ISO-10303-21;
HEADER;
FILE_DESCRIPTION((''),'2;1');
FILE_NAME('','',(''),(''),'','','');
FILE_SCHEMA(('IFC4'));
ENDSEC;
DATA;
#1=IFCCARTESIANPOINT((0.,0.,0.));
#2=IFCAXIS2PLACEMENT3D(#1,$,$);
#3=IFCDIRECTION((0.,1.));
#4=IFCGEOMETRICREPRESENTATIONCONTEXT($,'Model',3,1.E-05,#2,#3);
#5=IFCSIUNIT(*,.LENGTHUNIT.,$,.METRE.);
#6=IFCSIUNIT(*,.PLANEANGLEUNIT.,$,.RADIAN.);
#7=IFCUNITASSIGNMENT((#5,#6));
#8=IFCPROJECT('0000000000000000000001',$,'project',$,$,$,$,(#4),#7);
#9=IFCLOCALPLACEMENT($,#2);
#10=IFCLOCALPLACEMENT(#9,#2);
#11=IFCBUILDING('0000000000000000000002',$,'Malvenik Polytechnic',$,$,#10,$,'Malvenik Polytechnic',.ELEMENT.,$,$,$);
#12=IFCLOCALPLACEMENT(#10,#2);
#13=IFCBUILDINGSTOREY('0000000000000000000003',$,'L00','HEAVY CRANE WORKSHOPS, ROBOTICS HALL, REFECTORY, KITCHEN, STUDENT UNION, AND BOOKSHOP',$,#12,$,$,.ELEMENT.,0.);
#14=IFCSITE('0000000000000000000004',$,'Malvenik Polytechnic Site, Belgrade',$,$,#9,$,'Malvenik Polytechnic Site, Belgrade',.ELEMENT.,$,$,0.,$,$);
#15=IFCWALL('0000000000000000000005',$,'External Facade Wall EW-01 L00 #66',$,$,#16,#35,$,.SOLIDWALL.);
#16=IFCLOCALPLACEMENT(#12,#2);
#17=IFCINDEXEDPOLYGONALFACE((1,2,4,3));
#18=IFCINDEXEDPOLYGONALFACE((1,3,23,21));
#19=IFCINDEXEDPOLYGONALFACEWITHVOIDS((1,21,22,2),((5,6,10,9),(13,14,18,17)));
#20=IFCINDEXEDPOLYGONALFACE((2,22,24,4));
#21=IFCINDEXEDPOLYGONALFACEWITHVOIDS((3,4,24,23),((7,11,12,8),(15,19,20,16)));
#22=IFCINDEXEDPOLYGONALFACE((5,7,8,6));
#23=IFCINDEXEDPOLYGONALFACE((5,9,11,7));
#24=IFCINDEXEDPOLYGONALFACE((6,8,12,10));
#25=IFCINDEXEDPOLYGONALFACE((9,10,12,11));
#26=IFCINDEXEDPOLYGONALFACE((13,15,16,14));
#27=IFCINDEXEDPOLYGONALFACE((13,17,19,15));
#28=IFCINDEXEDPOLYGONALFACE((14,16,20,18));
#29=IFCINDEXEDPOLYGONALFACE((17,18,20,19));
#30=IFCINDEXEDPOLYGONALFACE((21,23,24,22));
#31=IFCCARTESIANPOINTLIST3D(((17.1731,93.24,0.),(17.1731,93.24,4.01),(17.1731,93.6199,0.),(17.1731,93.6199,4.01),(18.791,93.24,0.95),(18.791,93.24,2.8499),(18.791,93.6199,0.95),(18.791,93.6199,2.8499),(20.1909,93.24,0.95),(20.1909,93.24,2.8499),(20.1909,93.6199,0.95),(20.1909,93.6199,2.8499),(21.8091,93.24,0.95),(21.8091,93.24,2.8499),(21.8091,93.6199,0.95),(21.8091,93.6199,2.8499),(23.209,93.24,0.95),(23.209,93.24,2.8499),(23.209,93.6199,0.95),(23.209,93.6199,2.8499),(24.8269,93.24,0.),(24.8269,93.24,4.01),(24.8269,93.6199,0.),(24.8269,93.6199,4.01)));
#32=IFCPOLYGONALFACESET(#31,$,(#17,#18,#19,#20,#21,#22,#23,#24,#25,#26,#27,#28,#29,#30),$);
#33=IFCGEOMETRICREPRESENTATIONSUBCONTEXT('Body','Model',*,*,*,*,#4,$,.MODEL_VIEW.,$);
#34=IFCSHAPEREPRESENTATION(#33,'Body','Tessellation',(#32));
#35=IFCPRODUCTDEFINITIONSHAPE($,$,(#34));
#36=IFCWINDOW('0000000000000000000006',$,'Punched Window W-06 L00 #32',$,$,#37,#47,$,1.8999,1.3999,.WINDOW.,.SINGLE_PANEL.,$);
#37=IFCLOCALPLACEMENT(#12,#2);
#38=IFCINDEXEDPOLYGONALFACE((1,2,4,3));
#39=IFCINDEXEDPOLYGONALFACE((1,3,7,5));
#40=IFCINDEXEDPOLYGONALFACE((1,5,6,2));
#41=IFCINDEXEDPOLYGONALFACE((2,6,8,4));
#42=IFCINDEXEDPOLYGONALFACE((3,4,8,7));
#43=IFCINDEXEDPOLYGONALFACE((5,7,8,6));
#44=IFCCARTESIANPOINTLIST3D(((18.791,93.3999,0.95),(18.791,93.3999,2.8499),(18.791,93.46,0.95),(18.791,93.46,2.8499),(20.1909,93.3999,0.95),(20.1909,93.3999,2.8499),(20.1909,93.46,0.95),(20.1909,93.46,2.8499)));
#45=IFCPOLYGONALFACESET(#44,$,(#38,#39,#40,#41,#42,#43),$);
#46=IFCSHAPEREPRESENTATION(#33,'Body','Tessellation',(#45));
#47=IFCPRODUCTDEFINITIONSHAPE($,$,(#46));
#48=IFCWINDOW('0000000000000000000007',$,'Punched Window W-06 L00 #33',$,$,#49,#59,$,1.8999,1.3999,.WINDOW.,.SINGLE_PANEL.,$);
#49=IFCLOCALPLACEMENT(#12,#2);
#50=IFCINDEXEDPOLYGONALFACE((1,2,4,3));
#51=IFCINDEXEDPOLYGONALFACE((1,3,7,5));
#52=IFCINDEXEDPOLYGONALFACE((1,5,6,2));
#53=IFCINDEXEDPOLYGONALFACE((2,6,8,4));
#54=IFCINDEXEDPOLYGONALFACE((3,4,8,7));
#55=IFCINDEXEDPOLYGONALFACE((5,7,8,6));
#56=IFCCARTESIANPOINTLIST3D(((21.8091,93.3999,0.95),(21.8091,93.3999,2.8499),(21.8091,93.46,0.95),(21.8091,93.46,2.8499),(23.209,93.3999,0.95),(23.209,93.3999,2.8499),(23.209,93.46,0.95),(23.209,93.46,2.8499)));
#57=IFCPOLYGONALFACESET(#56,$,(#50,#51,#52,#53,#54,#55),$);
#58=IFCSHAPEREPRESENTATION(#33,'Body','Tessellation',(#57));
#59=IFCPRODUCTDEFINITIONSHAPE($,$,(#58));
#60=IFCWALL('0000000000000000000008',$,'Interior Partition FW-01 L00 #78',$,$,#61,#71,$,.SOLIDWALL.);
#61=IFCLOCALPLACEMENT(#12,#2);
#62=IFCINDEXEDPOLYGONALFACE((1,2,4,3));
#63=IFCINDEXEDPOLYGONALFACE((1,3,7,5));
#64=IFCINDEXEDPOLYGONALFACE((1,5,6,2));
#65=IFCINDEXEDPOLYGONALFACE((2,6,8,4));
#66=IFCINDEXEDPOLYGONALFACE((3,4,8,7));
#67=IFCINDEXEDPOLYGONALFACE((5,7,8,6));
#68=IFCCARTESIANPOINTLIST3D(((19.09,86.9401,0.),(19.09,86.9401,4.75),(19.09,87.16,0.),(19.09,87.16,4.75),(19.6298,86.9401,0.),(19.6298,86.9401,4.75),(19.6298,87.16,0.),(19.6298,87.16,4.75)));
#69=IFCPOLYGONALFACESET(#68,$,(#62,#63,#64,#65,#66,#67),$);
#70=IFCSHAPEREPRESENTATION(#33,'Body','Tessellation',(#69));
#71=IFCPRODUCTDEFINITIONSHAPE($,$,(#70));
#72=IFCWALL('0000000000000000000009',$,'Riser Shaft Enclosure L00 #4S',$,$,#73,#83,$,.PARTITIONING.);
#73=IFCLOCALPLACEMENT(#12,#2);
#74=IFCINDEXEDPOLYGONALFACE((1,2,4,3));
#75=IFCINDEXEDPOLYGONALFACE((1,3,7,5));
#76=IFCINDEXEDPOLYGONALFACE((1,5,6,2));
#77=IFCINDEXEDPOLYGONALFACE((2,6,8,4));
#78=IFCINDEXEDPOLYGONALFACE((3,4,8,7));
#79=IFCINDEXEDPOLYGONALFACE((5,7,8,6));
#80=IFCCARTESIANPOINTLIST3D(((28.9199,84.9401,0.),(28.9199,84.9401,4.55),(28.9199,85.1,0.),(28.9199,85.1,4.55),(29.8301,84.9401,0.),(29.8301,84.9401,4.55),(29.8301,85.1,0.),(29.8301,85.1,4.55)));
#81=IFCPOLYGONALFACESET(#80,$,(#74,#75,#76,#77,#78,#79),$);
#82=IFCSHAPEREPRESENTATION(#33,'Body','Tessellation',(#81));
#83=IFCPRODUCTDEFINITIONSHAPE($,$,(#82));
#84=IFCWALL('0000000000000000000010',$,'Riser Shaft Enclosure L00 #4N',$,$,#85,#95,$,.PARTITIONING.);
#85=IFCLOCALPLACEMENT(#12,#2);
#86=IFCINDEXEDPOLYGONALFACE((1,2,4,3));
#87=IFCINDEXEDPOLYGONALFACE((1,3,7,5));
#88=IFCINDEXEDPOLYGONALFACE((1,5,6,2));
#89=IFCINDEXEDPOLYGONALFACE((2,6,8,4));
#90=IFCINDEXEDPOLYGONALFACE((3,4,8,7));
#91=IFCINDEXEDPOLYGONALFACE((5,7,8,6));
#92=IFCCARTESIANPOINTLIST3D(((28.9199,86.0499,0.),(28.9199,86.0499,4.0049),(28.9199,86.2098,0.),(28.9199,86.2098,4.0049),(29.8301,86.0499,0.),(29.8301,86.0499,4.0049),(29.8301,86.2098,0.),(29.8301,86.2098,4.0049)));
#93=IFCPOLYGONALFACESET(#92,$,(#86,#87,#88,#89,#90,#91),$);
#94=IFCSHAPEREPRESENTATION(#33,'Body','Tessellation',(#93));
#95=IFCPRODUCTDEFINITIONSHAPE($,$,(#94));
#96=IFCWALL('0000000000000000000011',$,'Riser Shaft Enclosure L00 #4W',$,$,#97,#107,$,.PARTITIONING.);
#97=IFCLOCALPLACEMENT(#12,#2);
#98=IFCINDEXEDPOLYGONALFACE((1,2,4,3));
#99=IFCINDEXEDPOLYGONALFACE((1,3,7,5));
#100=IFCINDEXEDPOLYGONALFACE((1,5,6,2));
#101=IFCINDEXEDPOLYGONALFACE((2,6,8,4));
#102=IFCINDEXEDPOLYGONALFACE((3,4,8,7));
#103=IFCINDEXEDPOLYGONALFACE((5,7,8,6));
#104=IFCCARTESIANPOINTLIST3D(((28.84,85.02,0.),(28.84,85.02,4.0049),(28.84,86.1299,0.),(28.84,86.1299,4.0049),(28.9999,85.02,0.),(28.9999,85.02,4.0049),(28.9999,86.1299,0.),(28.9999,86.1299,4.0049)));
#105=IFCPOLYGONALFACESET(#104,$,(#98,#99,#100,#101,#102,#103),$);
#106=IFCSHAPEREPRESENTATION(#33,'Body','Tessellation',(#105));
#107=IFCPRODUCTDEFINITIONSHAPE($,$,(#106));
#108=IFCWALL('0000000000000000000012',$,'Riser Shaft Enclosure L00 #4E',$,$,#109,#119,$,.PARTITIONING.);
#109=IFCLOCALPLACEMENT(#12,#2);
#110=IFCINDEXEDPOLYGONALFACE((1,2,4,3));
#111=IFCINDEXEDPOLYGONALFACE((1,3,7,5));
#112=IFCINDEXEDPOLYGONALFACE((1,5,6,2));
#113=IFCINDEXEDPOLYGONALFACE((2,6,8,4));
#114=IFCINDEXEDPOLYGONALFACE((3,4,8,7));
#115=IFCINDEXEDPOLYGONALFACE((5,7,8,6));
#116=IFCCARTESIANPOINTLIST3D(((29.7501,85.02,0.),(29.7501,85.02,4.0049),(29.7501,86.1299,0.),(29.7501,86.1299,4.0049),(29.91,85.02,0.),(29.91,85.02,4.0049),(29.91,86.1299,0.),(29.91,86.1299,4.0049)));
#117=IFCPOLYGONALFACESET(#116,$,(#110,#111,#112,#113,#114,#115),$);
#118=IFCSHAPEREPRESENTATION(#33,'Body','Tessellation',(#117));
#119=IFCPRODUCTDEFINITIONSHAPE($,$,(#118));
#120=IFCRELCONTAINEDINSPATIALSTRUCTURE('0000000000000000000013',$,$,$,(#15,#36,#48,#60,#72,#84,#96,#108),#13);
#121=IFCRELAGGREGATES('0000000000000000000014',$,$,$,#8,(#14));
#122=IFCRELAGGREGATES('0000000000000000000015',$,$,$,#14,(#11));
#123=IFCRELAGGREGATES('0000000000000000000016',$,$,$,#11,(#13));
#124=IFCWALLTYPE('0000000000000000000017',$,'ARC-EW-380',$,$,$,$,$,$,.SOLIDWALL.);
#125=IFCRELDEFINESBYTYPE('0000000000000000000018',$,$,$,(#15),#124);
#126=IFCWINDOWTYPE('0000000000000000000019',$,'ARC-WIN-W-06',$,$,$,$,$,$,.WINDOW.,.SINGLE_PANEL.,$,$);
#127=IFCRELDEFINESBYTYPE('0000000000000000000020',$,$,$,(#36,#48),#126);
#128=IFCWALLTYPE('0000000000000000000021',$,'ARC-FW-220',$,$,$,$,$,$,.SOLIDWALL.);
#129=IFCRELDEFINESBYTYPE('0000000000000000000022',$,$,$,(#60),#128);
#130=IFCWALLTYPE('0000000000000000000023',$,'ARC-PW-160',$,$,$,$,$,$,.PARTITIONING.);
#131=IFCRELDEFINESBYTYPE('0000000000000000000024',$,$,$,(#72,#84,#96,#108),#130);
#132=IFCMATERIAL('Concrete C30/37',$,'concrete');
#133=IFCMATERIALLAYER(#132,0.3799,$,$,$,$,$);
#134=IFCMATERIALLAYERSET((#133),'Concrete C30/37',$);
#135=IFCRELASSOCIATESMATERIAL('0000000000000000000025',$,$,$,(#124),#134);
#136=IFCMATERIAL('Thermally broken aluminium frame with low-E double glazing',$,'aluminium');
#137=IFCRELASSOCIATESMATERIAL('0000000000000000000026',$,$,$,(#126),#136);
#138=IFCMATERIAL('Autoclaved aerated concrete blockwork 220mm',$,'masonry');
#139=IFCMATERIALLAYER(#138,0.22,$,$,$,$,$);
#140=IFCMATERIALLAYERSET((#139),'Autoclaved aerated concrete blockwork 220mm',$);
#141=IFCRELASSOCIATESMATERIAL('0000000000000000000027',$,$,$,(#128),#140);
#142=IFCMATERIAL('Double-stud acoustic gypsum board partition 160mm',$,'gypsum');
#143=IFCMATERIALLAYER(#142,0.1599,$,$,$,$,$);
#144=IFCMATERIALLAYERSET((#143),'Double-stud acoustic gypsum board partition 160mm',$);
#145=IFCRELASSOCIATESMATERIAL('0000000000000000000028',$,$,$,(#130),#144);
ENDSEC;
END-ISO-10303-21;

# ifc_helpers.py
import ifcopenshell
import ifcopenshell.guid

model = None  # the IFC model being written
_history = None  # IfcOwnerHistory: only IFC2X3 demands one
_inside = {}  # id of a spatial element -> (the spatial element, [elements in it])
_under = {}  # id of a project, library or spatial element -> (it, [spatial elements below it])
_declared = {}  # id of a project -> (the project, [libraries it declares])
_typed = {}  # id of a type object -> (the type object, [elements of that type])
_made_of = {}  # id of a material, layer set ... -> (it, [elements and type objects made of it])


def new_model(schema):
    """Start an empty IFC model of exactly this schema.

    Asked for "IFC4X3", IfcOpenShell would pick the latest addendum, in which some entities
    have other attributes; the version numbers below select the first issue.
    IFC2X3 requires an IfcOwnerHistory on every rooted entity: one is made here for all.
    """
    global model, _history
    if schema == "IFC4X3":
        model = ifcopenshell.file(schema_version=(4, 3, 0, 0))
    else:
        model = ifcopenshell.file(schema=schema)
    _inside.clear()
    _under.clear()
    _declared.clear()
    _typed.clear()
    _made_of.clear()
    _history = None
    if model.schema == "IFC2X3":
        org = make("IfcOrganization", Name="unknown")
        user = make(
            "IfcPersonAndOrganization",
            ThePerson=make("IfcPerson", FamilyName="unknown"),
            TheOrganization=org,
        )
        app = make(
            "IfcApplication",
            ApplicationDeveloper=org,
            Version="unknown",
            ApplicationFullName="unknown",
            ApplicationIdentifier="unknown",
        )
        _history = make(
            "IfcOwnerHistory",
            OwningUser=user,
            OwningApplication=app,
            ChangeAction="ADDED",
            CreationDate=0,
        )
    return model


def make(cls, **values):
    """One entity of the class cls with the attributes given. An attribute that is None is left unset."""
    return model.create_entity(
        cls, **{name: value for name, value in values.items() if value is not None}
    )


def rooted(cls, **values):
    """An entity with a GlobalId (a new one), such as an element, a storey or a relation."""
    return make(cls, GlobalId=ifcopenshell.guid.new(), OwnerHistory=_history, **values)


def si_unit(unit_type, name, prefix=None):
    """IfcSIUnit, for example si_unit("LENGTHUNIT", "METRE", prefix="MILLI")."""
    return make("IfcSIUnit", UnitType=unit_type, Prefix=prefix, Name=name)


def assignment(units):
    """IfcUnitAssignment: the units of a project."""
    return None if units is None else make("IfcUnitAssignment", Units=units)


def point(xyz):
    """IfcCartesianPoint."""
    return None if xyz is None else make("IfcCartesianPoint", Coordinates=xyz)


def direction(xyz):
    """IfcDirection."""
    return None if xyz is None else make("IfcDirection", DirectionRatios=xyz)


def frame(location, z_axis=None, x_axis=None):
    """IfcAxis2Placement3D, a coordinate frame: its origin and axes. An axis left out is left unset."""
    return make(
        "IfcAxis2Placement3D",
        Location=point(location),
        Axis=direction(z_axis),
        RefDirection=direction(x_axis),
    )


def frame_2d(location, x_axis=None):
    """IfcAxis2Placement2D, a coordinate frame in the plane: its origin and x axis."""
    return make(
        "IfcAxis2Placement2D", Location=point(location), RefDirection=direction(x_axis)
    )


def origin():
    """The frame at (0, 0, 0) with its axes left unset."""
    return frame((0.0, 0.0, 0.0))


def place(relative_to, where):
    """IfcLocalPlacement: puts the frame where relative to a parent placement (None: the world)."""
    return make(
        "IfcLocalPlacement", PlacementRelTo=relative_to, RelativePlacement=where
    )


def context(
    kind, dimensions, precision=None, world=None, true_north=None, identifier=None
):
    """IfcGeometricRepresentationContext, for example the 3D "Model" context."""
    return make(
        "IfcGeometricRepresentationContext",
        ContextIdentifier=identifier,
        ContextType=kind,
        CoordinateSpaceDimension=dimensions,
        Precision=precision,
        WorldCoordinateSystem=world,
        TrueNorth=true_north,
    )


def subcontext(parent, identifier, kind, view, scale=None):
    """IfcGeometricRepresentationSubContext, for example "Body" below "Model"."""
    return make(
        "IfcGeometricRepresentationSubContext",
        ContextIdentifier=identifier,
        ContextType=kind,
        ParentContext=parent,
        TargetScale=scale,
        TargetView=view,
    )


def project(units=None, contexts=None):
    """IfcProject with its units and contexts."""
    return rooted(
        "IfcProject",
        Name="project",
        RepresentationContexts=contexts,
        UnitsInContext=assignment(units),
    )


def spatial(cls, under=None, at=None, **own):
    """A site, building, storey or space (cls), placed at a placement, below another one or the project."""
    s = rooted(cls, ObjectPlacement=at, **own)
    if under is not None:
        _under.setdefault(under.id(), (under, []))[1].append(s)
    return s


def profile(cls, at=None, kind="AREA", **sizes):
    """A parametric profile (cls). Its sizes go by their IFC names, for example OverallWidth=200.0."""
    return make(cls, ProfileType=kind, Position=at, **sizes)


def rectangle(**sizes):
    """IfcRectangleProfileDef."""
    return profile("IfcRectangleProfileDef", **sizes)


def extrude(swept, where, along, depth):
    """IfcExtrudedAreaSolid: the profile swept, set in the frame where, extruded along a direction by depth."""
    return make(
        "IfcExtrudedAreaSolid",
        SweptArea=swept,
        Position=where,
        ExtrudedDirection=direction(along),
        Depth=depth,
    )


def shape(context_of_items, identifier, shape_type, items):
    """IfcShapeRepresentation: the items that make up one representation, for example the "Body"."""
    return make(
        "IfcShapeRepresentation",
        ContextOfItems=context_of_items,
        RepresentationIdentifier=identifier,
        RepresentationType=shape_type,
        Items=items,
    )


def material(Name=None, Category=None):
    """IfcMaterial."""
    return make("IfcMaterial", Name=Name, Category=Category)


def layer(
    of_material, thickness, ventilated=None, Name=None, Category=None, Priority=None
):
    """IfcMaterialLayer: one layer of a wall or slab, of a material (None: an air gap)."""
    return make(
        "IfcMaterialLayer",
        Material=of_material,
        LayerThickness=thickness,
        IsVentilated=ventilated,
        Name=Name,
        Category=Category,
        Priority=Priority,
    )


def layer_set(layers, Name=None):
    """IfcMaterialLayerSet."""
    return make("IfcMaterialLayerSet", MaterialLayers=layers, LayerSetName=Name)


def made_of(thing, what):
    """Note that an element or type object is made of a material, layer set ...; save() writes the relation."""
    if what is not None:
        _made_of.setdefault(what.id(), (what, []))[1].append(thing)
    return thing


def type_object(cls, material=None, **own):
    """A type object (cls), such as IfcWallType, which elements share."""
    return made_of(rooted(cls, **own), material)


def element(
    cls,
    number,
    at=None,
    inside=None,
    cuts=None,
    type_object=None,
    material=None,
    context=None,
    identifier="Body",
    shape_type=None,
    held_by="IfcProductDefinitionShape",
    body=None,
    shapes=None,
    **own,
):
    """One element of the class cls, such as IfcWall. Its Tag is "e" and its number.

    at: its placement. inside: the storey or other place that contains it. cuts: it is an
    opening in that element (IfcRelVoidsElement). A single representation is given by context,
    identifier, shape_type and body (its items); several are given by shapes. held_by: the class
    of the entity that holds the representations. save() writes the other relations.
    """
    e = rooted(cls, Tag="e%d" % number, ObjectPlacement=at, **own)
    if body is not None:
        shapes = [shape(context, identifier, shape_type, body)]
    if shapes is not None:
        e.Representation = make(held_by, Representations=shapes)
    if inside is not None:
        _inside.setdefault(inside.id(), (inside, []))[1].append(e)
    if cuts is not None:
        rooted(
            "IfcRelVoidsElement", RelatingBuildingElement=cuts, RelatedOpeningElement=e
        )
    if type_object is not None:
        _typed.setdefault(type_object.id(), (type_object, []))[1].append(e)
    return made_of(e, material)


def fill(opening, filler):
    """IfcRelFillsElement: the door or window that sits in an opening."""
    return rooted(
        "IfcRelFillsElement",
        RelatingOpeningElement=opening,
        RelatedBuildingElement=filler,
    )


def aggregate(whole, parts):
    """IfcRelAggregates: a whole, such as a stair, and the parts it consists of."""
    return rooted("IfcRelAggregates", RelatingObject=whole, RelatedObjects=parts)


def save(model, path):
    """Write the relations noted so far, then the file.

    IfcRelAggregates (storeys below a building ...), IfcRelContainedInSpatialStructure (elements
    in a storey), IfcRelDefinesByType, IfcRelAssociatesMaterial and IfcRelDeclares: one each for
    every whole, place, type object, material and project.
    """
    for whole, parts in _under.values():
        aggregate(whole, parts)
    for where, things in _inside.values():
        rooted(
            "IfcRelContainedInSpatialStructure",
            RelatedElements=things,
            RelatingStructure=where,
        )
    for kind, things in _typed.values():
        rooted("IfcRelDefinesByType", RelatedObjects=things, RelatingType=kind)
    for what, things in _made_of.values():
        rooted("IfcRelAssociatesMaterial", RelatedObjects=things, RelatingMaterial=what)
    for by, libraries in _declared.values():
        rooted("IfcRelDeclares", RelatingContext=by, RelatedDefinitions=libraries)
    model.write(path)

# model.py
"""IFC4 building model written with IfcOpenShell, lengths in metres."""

from ifc_helpers import new_model, si_unit, direction, frame, frame_2d, origin, place, context, subcontext, project, spatial, rectangle, extrude, material, layer, layer_set, type_object, element, fill, save


model = new_model("IFC4")

# Units and contexts
model_context = context("Model", 3, precision=1e-05, world=origin(), true_north=direction((0.0, 1.0)))
body_context = subcontext(model_context, "Body", "Model", "MODEL_VIEW")
ifc_project = project(units=[si_unit("LENGTHUNIT", "METRE"), si_unit("PLANEANGLEUNIT", "RADIAN")], contexts=[model_context])

# Site, building, storey
site_placement = place(None, origin())
site = spatial("IfcSite", under=ifc_project, at=site_placement, Name="Malvenik Polytechnic Site, Belgrade", LongName="Malvenik Polytechnic Site, Belgrade", CompositionType="ELEMENT", RefElevation=0.0)
building_placement = place(site_placement, origin())
building = spatial("IfcBuilding", under=site, at=building_placement, Name="Malvenik Polytechnic", LongName="Malvenik Polytechnic", CompositionType="ELEMENT")
storey_placement = place(building_placement, origin())
storey = spatial("IfcBuildingStorey", under=building, at=storey_placement, Name="L00", Description="HEAVY CRANE WORKSHOPS, ROBOTICS HALL, REFECTORY, KITCHEN, STUDENT UNION, AND BOOKSHOP", CompositionType="ELEMENT", Elevation=0.0)

# Shared definitions
ifc_material_1 = material(Name="Concrete C30/37", Category="concrete")

# Wall, openings, windows
ifc_layer_1 = layer(ifc_material_1, 0.3799)
ifc_layer_set_1 = layer_set([ifc_layer_1], Name="Concrete C30/37")
wall_type_1 = type_object("IfcWallType", Name="ARC-EW-380", PredefinedType="SOLIDWALL", material=ifc_layer_set_1)
wall_1_placement = place(storey_placement, frame((17.1731, 93.4299, 0.0), z_axis=(0.0, 0.0, 1.0), x_axis=(1.0, 0.0, 0.0)))
wall_1 = element("IfcWall", 1, at=wall_1_placement, inside=storey, type_object=wall_type_1, Name="External Facade Wall EW-01 L00 #66", PredefinedType="SOLIDWALL", context=body_context, shape_type="SweptSolid", body=[
    extrude(rectangle(XDim=7.6538, YDim=0.3799, at=frame_2d((3.8269, 0.0))), origin(), (0.0, 0.0, 1.0), 4.01),
])
opening_1_placement = place(wall_1_placement, frame((1.6179, 0.0, 0.95)))
opening_1 = element("IfcOpeningElement", 2, at=opening_1_placement, cuts=wall_1, PredefinedType="OPENING", context=body_context, shape_type="SweptSolid", body=[
    extrude(rectangle(XDim=1.3999, YDim=1.8999, at=frame_2d((0.7, 0.95))), frame((0.0, 0.2, 0.0), z_axis=(0.0, -1.0, 0.0), x_axis=(1.0, 0.0, 0.0)), (0.0, 0.0, 1.0), 0.3999),
])
opening_2_placement = place(wall_1_placement, frame((4.636, 0.0, 0.95)))
opening_2 = element("IfcOpeningElement", 3, at=opening_2_placement, cuts=wall_1, PredefinedType="OPENING", context=body_context, shape_type="SweptSolid", body=[
    extrude(rectangle(XDim=1.3999, YDim=1.8999, at=frame_2d((0.7, 0.95))), frame((0.0, 0.2, 0.0), z_axis=(0.0, -1.0, 0.0), x_axis=(1.0, 0.0, 0.0)), (0.0, 0.0, 1.0), 0.3999),
])
ifc_material_2 = material(Name="Thermally broken aluminium frame with low-E double glazing", Category="aluminium")
window_type = type_object("IfcWindowType", Name="ARC-WIN-W-06", PartitioningType="SINGLE_PANEL", PredefinedType="WINDOW", material=ifc_material_2)
window_1_placement = place(opening_1_placement, origin())
window_1 = element("IfcWindow", 4, at=window_1_placement, inside=storey, type_object=window_type, Name="Punched Window W-06 L00 #32", OverallHeight=1.8999, OverallWidth=1.3999, PartitioningType="SINGLE_PANEL", PredefinedType="WINDOW", context=body_context, shape_type="SweptSolid", body=[
    extrude(rectangle(XDim=1.3999, YDim=1.8999, at=frame_2d((0.7, 0.95))), frame((0.0, 0.03, 0.0), z_axis=(0.0, -1.0, 0.0), x_axis=(1.0, 0.0, 0.0)), (0.0, 0.0, 1.0), 0.0601),
])
fill(opening_1, window_1)
window_2_placement = place(opening_2_placement, origin())
window_2 = element("IfcWindow", 5, at=window_2_placement, inside=storey, type_object=window_type, Name="Punched Window W-06 L00 #33", OverallHeight=1.8999, OverallWidth=1.3999, PartitioningType="SINGLE_PANEL", PredefinedType="WINDOW", context=body_context, shape_type="SweptSolid", body=[
    extrude(rectangle(XDim=1.3999, YDim=1.8999, at=frame_2d((0.7, 0.95))), frame((0.0, 0.03, 0.0), z_axis=(0.0, -1.0, 0.0), x_axis=(1.0, 0.0, 0.0)), (0.0, 0.0, 1.0), 0.0601),
])
fill(opening_2, window_2)

# Walls
ifc_material_3 = material(Name="Autoclaved aerated concrete blockwork 220mm", Category="masonry")
ifc_layer_2 = layer(ifc_material_3, 0.22)
ifc_layer_set_2 = layer_set([ifc_layer_2], Name="Autoclaved aerated concrete blockwork 220mm")
wall_type_2 = type_object("IfcWallType", Name="ARC-FW-220", PredefinedType="SOLIDWALL", material=ifc_layer_set_2)
wall_2_placement = place(storey_placement, frame((19.6299, 87.05, 0.0), z_axis=(0.0, 0.0, 1.0), x_axis=(-1.0, 0.0, 0.0)))
element("IfcWall", 6, at=wall_2_placement, inside=storey, type_object=wall_type_2, Name="Interior Partition FW-01 L00 #78", PredefinedType="SOLIDWALL", context=body_context, shape_type="SweptSolid", body=[
    extrude(rectangle(XDim=0.5398, YDim=0.22, at=frame_2d((0.27, 0.0))), origin(), (0.0, 0.0, 1.0), 4.75),
])
ifc_material_4 = material(Name="Double-stud acoustic gypsum board partition 160mm", Category="gypsum")
ifc_layer_3 = layer(ifc_material_4, 0.1599)
ifc_layer_set_3 = layer_set([ifc_layer_3], Name="Double-stud acoustic gypsum board partition 160mm")
wall_type_3 = type_object("IfcWallType", Name="ARC-PW-160", PredefinedType="PARTITIONING", material=ifc_layer_set_3)
wall_3_placement = place(storey_placement, frame((28.9199, 85.02, 0.0), z_axis=(0.0, 0.0, 1.0), x_axis=(1.0, 0.0, 0.0)))
element("IfcWall", 7, at=wall_3_placement, inside=storey, type_object=wall_type_3, Name="Riser Shaft Enclosure L00 #4S", PredefinedType="PARTITIONING", context=body_context, shape_type="SweptSolid", body=[
    extrude(rectangle(XDim=0.9102, YDim=0.1599, at=frame_2d((0.4551, 0.0))), origin(), (0.0, 0.0, 1.0), 4.55),
])
wall_4_placement = place(storey_placement, frame((29.8301, 86.1299, 0.0), z_axis=(0.0, 0.0, 1.0), x_axis=(-1.0, 0.0, 0.0)))
element("IfcWall", 8, at=wall_4_placement, inside=storey, type_object=wall_type_3, Name="Riser Shaft Enclosure L00 #4N", PredefinedType="PARTITIONING", context=body_context, shape_type="SweptSolid", body=[
    extrude(rectangle(XDim=0.9102, YDim=0.1599, at=frame_2d((0.4551, 0.0))), origin(), (0.0, 0.0, 1.0), 4.0049),
])
for number, where, z_axis, x_axis, name in (
    (9, (28.9199, 86.1299, 0.0), (0.0, 0.0, 1.0), (0.0, -1.0, 0.0), "Riser Shaft Enclosure L00 #4W"),
    (10, (29.8301, 85.02, 0.0), (0.0, 0.0, 1.0), (0.0, 1.0, 0.0), "Riser Shaft Enclosure L00 #4E"),
):
    element("IfcWall", number, at=place(storey_placement, frame(where, z_axis=z_axis, x_axis=x_axis)), inside=storey, type_object=wall_type_3, Name=name, PredefinedType="PARTITIONING", context=body_context, shape_type="SweptSolid", body=[
        extrude(rectangle(XDim=1.1099, YDim=0.1599, at=frame_2d((0.5549, 0.0))), origin(), (0.0, 0.0, 1.0), 4.0049),
    ])

save(model, "model.ifc")
